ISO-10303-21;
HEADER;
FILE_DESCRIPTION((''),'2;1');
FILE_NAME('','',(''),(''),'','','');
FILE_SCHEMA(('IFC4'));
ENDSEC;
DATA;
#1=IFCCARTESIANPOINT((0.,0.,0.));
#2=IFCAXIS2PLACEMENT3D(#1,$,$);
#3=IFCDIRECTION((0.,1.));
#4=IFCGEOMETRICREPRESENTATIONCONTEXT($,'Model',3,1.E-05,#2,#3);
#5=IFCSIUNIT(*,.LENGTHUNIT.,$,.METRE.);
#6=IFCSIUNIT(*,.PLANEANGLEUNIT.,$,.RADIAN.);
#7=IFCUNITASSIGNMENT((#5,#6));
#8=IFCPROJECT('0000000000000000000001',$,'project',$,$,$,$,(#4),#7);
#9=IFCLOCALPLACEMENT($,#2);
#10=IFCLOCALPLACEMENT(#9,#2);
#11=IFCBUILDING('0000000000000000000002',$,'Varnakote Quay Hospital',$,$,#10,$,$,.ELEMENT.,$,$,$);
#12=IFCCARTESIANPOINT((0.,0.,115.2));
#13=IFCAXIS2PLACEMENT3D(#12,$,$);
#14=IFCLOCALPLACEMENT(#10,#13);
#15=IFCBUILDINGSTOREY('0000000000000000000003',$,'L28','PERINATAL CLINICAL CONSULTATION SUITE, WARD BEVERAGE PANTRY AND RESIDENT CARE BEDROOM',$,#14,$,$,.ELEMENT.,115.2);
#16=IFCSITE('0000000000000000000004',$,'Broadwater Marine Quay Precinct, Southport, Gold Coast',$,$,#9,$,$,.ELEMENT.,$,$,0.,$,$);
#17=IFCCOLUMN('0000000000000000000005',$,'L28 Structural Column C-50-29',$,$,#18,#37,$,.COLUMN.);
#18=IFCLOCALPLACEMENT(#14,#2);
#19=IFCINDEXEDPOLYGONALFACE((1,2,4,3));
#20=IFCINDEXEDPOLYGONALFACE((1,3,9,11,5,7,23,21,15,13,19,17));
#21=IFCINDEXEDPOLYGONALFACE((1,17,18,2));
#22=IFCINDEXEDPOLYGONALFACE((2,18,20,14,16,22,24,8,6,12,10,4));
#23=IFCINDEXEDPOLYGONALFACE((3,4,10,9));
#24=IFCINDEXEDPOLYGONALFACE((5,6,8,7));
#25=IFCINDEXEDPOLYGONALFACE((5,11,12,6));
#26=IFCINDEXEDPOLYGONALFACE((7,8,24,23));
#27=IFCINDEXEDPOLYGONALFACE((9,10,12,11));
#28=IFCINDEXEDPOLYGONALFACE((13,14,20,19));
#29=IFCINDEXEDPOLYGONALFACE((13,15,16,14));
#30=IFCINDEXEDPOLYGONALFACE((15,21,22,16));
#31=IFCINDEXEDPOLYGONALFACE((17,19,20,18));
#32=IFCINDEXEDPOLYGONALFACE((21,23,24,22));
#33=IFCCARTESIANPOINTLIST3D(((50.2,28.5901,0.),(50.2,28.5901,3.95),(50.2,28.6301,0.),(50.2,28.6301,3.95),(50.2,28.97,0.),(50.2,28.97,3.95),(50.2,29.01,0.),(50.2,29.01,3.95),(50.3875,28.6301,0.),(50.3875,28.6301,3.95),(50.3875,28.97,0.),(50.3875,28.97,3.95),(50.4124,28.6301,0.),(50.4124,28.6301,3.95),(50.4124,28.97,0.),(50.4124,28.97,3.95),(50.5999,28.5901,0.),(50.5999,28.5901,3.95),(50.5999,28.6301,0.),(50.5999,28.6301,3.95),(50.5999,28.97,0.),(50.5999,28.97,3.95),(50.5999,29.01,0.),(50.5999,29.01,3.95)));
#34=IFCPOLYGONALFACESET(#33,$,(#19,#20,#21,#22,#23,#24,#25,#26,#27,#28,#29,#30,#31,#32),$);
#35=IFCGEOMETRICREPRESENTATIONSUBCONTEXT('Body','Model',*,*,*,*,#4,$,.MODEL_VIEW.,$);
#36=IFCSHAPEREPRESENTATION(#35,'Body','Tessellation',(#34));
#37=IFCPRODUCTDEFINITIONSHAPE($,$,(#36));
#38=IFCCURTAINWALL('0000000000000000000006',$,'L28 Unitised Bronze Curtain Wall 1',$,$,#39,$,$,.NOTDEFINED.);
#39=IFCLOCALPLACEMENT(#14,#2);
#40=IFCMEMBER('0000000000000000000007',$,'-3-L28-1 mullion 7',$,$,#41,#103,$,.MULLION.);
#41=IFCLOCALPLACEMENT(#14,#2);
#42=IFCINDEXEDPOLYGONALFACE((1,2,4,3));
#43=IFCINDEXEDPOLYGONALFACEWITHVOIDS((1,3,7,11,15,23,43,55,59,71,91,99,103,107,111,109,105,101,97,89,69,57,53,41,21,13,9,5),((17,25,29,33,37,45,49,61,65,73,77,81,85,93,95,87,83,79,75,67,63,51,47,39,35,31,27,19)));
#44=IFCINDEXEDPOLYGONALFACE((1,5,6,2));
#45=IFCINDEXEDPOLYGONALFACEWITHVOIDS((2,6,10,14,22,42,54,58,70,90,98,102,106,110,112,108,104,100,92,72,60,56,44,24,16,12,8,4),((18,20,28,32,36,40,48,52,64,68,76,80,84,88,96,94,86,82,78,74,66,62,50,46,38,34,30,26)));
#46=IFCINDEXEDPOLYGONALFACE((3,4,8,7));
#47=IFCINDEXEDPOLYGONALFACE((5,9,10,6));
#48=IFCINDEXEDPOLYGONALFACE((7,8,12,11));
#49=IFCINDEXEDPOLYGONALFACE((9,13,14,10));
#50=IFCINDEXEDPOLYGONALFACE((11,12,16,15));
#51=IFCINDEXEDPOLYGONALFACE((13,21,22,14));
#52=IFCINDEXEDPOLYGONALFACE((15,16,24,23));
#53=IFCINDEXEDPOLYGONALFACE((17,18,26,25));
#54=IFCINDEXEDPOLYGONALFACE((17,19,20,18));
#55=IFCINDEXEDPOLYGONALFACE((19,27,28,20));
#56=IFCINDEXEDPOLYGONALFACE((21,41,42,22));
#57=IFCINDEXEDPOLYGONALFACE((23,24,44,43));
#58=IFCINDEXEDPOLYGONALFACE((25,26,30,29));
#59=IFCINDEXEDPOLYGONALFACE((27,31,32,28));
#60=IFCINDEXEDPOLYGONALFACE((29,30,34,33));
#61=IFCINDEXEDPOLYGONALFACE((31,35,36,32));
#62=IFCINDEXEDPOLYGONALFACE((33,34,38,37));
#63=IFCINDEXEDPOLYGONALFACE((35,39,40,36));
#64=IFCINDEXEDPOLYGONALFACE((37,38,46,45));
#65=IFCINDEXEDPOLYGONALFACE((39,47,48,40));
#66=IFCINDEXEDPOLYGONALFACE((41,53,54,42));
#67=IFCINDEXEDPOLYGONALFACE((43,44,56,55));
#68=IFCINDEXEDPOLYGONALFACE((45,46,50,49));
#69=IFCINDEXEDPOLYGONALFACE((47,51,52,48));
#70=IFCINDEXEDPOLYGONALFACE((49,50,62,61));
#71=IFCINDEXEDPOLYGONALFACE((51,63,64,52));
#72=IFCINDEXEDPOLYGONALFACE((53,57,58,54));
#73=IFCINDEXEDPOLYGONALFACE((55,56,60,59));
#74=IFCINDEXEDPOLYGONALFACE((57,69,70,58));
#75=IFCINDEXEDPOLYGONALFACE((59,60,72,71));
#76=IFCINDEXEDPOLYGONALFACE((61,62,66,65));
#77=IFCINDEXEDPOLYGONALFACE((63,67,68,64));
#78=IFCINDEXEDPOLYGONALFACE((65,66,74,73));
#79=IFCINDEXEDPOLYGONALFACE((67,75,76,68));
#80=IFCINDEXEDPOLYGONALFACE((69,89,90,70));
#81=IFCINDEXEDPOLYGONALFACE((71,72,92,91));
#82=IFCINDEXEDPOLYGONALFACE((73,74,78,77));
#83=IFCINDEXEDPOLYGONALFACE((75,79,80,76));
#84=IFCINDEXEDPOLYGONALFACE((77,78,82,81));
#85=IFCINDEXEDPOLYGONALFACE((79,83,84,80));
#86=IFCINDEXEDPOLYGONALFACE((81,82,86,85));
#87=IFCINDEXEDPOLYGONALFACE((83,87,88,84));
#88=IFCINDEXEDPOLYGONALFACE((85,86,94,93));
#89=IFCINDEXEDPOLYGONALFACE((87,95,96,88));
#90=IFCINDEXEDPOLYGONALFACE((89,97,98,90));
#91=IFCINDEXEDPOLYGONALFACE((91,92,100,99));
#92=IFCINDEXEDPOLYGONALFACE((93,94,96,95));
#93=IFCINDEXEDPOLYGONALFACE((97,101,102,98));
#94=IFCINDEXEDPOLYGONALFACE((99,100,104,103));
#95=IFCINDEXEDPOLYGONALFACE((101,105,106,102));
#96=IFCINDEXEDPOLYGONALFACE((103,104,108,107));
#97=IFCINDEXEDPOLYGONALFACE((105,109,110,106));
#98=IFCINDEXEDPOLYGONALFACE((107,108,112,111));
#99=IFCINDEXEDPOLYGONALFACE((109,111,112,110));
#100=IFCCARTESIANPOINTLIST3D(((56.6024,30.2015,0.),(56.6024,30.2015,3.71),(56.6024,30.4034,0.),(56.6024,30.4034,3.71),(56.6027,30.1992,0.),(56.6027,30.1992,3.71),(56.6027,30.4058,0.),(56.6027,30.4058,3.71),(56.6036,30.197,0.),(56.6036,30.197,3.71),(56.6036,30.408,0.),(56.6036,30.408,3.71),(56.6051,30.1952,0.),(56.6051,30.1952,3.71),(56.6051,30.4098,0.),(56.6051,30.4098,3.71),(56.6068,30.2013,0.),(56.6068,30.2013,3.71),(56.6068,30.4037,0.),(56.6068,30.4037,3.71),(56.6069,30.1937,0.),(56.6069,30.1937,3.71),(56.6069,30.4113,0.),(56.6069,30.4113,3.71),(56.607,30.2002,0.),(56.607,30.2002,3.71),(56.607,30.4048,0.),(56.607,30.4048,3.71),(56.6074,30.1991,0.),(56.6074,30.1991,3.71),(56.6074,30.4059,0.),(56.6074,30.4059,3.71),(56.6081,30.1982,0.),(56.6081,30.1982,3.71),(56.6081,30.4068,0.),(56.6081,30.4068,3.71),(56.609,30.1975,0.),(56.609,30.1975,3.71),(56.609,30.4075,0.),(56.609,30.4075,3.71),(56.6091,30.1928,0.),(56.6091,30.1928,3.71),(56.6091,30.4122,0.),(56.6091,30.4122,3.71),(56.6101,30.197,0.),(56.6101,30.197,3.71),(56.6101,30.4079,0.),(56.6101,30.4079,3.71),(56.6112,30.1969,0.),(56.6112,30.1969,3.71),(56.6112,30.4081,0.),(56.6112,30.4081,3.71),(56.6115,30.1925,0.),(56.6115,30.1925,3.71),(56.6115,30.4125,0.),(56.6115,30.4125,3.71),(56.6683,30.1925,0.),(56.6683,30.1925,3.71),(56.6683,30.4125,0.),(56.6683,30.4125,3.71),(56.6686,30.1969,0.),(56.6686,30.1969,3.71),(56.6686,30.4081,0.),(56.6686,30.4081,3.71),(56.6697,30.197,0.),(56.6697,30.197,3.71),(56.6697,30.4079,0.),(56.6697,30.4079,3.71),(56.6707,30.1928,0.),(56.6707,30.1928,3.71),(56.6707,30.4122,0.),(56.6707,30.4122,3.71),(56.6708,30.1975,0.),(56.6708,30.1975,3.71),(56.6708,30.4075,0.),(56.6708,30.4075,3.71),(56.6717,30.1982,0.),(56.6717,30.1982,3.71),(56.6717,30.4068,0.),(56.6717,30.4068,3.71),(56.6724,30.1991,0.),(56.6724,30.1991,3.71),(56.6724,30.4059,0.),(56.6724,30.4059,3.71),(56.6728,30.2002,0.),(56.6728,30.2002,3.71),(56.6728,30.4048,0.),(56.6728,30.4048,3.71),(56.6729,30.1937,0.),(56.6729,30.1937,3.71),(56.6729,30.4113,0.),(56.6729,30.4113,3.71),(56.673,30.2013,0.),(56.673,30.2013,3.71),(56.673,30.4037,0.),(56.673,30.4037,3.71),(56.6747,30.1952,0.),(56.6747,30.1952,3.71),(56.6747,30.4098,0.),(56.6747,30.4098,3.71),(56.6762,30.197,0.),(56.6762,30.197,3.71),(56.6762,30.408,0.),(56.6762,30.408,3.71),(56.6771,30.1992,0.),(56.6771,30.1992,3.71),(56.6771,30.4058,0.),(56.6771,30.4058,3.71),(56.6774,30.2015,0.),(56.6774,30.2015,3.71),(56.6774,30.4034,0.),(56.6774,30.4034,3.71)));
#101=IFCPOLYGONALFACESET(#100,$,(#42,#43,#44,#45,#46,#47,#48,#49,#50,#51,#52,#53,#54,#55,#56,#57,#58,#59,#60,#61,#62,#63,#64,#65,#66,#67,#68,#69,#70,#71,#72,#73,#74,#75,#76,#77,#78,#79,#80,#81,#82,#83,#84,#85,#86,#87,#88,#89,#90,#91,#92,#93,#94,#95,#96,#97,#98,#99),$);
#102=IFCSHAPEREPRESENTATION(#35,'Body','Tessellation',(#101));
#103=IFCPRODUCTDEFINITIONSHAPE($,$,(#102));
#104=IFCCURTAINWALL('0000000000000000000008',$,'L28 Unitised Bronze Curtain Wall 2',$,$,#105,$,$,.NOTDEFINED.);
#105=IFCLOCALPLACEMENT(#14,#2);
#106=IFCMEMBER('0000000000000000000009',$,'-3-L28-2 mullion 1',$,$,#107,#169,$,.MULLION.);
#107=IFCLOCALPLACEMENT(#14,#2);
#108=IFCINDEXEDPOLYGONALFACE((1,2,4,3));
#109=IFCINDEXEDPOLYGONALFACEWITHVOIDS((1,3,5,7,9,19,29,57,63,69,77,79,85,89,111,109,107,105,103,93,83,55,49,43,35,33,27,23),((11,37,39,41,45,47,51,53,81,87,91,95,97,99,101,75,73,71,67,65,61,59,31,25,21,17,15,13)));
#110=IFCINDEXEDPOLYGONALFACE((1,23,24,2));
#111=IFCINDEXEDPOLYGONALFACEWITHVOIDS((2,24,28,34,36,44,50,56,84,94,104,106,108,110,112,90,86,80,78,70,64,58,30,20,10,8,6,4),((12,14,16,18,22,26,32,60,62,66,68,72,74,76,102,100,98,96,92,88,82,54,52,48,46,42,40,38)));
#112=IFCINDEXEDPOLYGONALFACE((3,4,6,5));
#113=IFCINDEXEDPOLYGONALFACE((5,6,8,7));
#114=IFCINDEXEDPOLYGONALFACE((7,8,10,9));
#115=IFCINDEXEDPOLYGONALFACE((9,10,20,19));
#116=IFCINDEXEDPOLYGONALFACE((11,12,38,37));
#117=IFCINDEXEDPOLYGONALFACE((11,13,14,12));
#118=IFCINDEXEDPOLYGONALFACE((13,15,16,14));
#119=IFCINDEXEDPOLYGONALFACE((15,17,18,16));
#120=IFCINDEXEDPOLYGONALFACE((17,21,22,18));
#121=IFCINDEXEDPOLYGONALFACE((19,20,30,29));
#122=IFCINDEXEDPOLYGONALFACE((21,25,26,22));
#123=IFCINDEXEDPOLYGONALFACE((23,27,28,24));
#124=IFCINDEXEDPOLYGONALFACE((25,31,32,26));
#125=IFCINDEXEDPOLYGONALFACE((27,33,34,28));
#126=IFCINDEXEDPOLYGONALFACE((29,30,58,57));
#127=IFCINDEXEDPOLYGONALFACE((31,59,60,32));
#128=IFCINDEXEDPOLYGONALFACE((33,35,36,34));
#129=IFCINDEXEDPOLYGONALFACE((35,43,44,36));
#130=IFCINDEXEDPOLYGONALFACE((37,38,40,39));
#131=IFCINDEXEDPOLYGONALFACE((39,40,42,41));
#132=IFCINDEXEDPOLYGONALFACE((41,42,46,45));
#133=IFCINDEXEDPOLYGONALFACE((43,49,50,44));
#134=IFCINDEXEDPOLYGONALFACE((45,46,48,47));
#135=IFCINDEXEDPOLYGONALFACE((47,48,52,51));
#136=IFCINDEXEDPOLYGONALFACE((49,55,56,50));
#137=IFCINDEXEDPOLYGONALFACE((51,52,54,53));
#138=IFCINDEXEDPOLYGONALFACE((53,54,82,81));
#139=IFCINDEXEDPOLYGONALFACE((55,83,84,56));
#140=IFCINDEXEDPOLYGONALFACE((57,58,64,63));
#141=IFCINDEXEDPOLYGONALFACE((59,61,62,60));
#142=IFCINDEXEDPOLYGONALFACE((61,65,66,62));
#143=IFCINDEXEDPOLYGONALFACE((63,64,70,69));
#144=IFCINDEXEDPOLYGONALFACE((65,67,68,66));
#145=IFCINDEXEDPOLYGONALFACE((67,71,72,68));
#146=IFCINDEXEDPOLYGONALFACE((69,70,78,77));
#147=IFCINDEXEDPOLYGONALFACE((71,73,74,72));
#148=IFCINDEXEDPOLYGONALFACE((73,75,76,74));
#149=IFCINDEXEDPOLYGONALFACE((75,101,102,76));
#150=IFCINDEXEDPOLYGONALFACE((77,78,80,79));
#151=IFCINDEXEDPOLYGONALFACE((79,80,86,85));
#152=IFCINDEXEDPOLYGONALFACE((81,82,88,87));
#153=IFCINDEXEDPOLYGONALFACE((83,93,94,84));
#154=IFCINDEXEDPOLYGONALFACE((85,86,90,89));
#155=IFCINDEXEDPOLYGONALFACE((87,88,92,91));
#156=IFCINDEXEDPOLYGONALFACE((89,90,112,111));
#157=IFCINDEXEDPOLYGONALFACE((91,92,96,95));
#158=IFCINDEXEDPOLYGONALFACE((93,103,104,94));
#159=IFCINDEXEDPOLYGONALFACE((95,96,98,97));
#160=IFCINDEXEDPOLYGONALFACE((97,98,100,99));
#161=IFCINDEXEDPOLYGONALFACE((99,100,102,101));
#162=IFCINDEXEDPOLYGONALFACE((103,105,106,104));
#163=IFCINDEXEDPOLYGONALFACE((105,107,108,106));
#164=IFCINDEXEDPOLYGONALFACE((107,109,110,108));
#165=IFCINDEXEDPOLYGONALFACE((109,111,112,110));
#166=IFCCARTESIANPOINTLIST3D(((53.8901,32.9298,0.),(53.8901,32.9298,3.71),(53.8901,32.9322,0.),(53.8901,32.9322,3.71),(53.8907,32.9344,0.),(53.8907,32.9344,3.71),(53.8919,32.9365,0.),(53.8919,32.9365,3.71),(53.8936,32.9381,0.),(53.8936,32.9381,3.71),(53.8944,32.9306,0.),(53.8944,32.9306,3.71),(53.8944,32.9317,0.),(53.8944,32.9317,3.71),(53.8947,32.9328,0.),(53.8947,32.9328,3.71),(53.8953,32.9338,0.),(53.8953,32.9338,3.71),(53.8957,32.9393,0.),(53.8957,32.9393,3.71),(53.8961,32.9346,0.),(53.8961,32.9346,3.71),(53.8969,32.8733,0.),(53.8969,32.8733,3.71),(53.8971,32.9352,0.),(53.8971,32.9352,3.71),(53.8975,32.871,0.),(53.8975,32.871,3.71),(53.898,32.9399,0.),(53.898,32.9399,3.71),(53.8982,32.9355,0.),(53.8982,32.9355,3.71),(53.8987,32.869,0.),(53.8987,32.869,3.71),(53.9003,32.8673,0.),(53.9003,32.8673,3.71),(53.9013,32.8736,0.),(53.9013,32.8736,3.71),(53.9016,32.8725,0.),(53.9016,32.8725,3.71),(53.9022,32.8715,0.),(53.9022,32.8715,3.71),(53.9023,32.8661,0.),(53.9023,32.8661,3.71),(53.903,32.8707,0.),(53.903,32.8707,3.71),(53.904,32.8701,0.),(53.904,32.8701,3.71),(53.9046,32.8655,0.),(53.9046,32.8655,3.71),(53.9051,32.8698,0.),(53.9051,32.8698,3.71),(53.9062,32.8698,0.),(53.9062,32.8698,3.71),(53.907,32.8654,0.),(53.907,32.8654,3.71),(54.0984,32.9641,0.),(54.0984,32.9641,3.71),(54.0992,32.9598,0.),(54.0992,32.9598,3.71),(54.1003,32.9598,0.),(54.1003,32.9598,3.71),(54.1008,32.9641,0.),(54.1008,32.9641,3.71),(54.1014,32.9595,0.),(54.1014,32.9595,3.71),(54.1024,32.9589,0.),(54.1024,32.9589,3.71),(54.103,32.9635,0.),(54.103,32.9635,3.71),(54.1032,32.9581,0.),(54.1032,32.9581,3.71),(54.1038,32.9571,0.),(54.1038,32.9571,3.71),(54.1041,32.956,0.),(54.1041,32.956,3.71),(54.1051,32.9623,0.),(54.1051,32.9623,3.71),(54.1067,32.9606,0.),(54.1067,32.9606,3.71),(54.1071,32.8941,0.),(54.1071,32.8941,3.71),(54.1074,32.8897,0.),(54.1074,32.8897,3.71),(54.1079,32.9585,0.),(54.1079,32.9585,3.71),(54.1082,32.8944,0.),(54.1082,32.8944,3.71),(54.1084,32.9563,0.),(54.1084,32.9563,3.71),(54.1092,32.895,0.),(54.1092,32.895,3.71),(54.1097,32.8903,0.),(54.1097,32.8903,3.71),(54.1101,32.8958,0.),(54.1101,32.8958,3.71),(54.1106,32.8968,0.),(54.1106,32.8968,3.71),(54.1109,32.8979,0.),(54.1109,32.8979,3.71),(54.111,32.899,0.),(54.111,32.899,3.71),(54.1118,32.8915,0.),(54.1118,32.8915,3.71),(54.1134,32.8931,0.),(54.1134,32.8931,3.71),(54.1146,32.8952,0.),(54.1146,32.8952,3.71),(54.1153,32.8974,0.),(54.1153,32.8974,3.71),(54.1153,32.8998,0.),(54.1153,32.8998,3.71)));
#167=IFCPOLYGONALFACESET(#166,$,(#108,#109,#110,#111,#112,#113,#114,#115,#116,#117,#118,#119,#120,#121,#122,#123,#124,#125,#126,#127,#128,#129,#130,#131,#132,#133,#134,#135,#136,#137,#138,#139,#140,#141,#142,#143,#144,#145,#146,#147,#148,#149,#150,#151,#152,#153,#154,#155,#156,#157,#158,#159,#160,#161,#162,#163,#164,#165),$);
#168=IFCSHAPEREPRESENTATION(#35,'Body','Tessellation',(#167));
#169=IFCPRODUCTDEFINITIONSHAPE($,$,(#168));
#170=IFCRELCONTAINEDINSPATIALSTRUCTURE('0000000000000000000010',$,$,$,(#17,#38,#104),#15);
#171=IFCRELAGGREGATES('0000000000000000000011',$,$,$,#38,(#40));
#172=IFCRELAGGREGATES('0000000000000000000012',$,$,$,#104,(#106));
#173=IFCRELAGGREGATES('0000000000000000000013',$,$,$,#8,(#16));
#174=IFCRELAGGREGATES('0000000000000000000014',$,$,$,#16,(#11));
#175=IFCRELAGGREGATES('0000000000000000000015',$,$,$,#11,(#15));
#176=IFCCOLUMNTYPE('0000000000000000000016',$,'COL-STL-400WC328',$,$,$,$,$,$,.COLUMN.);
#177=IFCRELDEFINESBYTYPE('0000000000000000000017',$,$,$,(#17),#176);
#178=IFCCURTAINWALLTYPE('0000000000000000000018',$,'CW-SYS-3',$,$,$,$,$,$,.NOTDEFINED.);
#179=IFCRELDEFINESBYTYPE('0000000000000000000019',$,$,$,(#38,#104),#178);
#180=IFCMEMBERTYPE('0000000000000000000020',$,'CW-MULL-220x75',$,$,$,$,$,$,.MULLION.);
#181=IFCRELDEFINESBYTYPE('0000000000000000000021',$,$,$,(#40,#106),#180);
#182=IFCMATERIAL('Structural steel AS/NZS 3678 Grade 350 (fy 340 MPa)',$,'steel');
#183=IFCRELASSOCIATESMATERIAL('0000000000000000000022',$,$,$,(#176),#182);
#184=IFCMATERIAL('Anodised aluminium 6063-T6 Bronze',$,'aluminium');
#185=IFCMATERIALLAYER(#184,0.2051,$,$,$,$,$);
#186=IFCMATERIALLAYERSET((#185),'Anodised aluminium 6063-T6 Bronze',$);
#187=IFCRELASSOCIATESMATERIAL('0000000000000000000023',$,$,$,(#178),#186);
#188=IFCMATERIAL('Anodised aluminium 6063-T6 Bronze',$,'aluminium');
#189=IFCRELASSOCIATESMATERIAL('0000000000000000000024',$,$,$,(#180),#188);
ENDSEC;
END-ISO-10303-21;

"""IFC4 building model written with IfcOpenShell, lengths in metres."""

from ifc_helpers import new_model, si_unit, direction, frame, origin, origin_2d, place, context, subcontext, project, spatial, hollow_rectangle, i_section, extrude, material, layer, layer_set, material_profile, profile_set, type_object, element, aggregate, save


model = new_model("IFC4")

# Units and contexts
model_context = context("Model", 3, precision=1e-05, world=origin(), true_north=direction((0.0, 1.0)))
body_context = subcontext(model_context, "Body", "Model", "MODEL_VIEW")
ifc_project = project(units=[si_unit("LENGTHUNIT", "METRE"), si_unit("PLANEANGLEUNIT", "RADIAN")], contexts=[model_context])

# Site, building, storey
site_placement = place(None, origin())
site = spatial("IfcSite", under=ifc_project, at=site_placement, Name="Broadwater Marine Quay Precinct, Southport, Gold Coast", CompositionType="ELEMENT", RefElevation=0.0)
building_placement = place(site_placement, origin())
building = spatial("IfcBuilding", under=site, at=building_placement, Name="Varnakote Quay Hospital", CompositionType="ELEMENT")
storey_placement = place(building_placement, frame((0.0, 0.0, 115.2)))
storey = spatial("IfcBuildingStorey", under=building, at=storey_placement, Name="L28", Description="PERINATAL CLINICAL CONSULTATION SUITE, WARD BEVERAGE PANTRY AND RESIDENT CARE BEDROOM", CompositionType="ELEMENT", Elevation=115.2)

# Column
ifc_material_1 = material(Name="Structural steel AS/NZS 3678 Grade 350 (fy 340 MPa)", Category="steel")
ifc_material_profile_1 = material_profile(ifc_material_1, i_section(OverallWidth=0.3999, OverallDepth=0.4199, WebThickness=0.0249, FlangeThickness=0.04, at=origin_2d()), Name="400WC328")
ifc_profile_set_1 = profile_set([ifc_material_profile_1], Name="Structural steel AS/NZS 3678 Grade 350 (fy 340 MPa)")
column_type = type_object("IfcColumnType", Name="COL-STL-400WC328", PredefinedType="COLUMN", material=ifc_profile_set_1)
column_placement = place(storey_placement, frame((50.3999, 28.8, 0.0), z_axis=(0.0, 0.0, 1.0), x_axis=(1.0, 0.0, 0.0)))
element("IfcColumn", 1, at=column_placement, inside=storey, type_object=column_type, Name="L28 Structural Column C-50-29", PredefinedType="COLUMN", context=body_context, shape_type="SweptSolid", body=[
    extrude(i_section(OverallWidth=0.3999, OverallDepth=0.4199, WebThickness=0.0249, FlangeThickness=0.04, at=origin_2d()), origin(), (0.0, 0.0, 1.0), 3.95),
])

# Curtain wall, member
ifc_material_2 = material(Name="Anodised aluminium 6063-T6 Bronze", Category="aluminium")
ifc_layer_1 = layer(ifc_material_2, 0.2051)
ifc_layer_set_1 = layer_set([ifc_layer_1], Name="Anodised aluminium 6063-T6 Bronze")
curtain_wall_type = type_object("IfcCurtainWallType", Name="CW-SYS-3", PredefinedType="NOTDEFINED", material=ifc_layer_set_1)
curtain_wall_1_placement = place(storey_placement, origin())
curtain_wall_1 = element("IfcCurtainWall", 2, at=curtain_wall_1_placement, inside=storey, type_object=curtain_wall_type, Name="L28 Unitised Bronze Curtain Wall 1", PredefinedType="NOTDEFINED")
ifc_material_3 = material(Name="Anodised aluminium 6063-T6 Bronze", Category="aluminium")
ifc_material_profile_2 = material_profile(ifc_material_3, hollow_rectangle(XDim=0.075, YDim=0.22, WallThickness=0.0044, InnerFilletRadius=0.0044, OuterFilletRadius=0.009, at=origin_2d()), Name="CW-MULL-220x75")
ifc_profile_set_2 = profile_set([ifc_material_profile_2], Name="Anodised aluminium 6063-T6 Bronze")
member_type_1 = type_object("IfcMemberType", Name="CW-MULL-220x75", PredefinedType="MULLION", material=ifc_profile_set_2)
member_1_placement = place(storey_placement, frame((56.6399, 30.3025, 0.0), z_axis=(0.0, 0.0, 1.0), x_axis=(-1.0, 0.0, 0.0)))
member_1 = element("IfcMember", 3, at=member_1_placement, type_object=member_type_1, Name="-3-L28-1 mullion 7", PredefinedType="MULLION", context=body_context, shape_type="SweptSolid", body=[
    extrude(hollow_rectangle(XDim=0.075, YDim=0.22, WallThickness=0.0044, InnerFilletRadius=0.0044, OuterFilletRadius=0.009, at=origin_2d()), origin(), (0.0, 0.0, 1.0), 3.71),
])

# Curtain wall, member
curtain_wall_2_placement = place(storey_placement, origin())
curtain_wall_2 = element("IfcCurtainWall", 4, at=curtain_wall_2_placement, inside=storey, type_object=curtain_wall_type, Name="L28 Unitised Bronze Curtain Wall 2", PredefinedType="NOTDEFINED")
member_2_placement = place(storey_placement, frame((54.0027, 32.9148, 0.0), z_axis=(0.0, 0.0, 1.0), x_axis=(0.120327, -0.992734, 0.0)))
member_2 = element("IfcMember", 5, at=member_2_placement, type_object=member_type_1, Name="-3-L28-2 mullion 1", PredefinedType="MULLION", context=body_context, shape_type="SweptSolid", body=[
    extrude(hollow_rectangle(XDim=0.075, YDim=0.22, WallThickness=0.0044, InnerFilletRadius=0.0044, OuterFilletRadius=0.009, at=origin_2d()), origin(), (0.0, 0.0, 1.0), 3.71),
])

aggregate(curtain_wall_1, [member_1])
aggregate(curtain_wall_2, [member_2])

save(model, "model.ifc")
